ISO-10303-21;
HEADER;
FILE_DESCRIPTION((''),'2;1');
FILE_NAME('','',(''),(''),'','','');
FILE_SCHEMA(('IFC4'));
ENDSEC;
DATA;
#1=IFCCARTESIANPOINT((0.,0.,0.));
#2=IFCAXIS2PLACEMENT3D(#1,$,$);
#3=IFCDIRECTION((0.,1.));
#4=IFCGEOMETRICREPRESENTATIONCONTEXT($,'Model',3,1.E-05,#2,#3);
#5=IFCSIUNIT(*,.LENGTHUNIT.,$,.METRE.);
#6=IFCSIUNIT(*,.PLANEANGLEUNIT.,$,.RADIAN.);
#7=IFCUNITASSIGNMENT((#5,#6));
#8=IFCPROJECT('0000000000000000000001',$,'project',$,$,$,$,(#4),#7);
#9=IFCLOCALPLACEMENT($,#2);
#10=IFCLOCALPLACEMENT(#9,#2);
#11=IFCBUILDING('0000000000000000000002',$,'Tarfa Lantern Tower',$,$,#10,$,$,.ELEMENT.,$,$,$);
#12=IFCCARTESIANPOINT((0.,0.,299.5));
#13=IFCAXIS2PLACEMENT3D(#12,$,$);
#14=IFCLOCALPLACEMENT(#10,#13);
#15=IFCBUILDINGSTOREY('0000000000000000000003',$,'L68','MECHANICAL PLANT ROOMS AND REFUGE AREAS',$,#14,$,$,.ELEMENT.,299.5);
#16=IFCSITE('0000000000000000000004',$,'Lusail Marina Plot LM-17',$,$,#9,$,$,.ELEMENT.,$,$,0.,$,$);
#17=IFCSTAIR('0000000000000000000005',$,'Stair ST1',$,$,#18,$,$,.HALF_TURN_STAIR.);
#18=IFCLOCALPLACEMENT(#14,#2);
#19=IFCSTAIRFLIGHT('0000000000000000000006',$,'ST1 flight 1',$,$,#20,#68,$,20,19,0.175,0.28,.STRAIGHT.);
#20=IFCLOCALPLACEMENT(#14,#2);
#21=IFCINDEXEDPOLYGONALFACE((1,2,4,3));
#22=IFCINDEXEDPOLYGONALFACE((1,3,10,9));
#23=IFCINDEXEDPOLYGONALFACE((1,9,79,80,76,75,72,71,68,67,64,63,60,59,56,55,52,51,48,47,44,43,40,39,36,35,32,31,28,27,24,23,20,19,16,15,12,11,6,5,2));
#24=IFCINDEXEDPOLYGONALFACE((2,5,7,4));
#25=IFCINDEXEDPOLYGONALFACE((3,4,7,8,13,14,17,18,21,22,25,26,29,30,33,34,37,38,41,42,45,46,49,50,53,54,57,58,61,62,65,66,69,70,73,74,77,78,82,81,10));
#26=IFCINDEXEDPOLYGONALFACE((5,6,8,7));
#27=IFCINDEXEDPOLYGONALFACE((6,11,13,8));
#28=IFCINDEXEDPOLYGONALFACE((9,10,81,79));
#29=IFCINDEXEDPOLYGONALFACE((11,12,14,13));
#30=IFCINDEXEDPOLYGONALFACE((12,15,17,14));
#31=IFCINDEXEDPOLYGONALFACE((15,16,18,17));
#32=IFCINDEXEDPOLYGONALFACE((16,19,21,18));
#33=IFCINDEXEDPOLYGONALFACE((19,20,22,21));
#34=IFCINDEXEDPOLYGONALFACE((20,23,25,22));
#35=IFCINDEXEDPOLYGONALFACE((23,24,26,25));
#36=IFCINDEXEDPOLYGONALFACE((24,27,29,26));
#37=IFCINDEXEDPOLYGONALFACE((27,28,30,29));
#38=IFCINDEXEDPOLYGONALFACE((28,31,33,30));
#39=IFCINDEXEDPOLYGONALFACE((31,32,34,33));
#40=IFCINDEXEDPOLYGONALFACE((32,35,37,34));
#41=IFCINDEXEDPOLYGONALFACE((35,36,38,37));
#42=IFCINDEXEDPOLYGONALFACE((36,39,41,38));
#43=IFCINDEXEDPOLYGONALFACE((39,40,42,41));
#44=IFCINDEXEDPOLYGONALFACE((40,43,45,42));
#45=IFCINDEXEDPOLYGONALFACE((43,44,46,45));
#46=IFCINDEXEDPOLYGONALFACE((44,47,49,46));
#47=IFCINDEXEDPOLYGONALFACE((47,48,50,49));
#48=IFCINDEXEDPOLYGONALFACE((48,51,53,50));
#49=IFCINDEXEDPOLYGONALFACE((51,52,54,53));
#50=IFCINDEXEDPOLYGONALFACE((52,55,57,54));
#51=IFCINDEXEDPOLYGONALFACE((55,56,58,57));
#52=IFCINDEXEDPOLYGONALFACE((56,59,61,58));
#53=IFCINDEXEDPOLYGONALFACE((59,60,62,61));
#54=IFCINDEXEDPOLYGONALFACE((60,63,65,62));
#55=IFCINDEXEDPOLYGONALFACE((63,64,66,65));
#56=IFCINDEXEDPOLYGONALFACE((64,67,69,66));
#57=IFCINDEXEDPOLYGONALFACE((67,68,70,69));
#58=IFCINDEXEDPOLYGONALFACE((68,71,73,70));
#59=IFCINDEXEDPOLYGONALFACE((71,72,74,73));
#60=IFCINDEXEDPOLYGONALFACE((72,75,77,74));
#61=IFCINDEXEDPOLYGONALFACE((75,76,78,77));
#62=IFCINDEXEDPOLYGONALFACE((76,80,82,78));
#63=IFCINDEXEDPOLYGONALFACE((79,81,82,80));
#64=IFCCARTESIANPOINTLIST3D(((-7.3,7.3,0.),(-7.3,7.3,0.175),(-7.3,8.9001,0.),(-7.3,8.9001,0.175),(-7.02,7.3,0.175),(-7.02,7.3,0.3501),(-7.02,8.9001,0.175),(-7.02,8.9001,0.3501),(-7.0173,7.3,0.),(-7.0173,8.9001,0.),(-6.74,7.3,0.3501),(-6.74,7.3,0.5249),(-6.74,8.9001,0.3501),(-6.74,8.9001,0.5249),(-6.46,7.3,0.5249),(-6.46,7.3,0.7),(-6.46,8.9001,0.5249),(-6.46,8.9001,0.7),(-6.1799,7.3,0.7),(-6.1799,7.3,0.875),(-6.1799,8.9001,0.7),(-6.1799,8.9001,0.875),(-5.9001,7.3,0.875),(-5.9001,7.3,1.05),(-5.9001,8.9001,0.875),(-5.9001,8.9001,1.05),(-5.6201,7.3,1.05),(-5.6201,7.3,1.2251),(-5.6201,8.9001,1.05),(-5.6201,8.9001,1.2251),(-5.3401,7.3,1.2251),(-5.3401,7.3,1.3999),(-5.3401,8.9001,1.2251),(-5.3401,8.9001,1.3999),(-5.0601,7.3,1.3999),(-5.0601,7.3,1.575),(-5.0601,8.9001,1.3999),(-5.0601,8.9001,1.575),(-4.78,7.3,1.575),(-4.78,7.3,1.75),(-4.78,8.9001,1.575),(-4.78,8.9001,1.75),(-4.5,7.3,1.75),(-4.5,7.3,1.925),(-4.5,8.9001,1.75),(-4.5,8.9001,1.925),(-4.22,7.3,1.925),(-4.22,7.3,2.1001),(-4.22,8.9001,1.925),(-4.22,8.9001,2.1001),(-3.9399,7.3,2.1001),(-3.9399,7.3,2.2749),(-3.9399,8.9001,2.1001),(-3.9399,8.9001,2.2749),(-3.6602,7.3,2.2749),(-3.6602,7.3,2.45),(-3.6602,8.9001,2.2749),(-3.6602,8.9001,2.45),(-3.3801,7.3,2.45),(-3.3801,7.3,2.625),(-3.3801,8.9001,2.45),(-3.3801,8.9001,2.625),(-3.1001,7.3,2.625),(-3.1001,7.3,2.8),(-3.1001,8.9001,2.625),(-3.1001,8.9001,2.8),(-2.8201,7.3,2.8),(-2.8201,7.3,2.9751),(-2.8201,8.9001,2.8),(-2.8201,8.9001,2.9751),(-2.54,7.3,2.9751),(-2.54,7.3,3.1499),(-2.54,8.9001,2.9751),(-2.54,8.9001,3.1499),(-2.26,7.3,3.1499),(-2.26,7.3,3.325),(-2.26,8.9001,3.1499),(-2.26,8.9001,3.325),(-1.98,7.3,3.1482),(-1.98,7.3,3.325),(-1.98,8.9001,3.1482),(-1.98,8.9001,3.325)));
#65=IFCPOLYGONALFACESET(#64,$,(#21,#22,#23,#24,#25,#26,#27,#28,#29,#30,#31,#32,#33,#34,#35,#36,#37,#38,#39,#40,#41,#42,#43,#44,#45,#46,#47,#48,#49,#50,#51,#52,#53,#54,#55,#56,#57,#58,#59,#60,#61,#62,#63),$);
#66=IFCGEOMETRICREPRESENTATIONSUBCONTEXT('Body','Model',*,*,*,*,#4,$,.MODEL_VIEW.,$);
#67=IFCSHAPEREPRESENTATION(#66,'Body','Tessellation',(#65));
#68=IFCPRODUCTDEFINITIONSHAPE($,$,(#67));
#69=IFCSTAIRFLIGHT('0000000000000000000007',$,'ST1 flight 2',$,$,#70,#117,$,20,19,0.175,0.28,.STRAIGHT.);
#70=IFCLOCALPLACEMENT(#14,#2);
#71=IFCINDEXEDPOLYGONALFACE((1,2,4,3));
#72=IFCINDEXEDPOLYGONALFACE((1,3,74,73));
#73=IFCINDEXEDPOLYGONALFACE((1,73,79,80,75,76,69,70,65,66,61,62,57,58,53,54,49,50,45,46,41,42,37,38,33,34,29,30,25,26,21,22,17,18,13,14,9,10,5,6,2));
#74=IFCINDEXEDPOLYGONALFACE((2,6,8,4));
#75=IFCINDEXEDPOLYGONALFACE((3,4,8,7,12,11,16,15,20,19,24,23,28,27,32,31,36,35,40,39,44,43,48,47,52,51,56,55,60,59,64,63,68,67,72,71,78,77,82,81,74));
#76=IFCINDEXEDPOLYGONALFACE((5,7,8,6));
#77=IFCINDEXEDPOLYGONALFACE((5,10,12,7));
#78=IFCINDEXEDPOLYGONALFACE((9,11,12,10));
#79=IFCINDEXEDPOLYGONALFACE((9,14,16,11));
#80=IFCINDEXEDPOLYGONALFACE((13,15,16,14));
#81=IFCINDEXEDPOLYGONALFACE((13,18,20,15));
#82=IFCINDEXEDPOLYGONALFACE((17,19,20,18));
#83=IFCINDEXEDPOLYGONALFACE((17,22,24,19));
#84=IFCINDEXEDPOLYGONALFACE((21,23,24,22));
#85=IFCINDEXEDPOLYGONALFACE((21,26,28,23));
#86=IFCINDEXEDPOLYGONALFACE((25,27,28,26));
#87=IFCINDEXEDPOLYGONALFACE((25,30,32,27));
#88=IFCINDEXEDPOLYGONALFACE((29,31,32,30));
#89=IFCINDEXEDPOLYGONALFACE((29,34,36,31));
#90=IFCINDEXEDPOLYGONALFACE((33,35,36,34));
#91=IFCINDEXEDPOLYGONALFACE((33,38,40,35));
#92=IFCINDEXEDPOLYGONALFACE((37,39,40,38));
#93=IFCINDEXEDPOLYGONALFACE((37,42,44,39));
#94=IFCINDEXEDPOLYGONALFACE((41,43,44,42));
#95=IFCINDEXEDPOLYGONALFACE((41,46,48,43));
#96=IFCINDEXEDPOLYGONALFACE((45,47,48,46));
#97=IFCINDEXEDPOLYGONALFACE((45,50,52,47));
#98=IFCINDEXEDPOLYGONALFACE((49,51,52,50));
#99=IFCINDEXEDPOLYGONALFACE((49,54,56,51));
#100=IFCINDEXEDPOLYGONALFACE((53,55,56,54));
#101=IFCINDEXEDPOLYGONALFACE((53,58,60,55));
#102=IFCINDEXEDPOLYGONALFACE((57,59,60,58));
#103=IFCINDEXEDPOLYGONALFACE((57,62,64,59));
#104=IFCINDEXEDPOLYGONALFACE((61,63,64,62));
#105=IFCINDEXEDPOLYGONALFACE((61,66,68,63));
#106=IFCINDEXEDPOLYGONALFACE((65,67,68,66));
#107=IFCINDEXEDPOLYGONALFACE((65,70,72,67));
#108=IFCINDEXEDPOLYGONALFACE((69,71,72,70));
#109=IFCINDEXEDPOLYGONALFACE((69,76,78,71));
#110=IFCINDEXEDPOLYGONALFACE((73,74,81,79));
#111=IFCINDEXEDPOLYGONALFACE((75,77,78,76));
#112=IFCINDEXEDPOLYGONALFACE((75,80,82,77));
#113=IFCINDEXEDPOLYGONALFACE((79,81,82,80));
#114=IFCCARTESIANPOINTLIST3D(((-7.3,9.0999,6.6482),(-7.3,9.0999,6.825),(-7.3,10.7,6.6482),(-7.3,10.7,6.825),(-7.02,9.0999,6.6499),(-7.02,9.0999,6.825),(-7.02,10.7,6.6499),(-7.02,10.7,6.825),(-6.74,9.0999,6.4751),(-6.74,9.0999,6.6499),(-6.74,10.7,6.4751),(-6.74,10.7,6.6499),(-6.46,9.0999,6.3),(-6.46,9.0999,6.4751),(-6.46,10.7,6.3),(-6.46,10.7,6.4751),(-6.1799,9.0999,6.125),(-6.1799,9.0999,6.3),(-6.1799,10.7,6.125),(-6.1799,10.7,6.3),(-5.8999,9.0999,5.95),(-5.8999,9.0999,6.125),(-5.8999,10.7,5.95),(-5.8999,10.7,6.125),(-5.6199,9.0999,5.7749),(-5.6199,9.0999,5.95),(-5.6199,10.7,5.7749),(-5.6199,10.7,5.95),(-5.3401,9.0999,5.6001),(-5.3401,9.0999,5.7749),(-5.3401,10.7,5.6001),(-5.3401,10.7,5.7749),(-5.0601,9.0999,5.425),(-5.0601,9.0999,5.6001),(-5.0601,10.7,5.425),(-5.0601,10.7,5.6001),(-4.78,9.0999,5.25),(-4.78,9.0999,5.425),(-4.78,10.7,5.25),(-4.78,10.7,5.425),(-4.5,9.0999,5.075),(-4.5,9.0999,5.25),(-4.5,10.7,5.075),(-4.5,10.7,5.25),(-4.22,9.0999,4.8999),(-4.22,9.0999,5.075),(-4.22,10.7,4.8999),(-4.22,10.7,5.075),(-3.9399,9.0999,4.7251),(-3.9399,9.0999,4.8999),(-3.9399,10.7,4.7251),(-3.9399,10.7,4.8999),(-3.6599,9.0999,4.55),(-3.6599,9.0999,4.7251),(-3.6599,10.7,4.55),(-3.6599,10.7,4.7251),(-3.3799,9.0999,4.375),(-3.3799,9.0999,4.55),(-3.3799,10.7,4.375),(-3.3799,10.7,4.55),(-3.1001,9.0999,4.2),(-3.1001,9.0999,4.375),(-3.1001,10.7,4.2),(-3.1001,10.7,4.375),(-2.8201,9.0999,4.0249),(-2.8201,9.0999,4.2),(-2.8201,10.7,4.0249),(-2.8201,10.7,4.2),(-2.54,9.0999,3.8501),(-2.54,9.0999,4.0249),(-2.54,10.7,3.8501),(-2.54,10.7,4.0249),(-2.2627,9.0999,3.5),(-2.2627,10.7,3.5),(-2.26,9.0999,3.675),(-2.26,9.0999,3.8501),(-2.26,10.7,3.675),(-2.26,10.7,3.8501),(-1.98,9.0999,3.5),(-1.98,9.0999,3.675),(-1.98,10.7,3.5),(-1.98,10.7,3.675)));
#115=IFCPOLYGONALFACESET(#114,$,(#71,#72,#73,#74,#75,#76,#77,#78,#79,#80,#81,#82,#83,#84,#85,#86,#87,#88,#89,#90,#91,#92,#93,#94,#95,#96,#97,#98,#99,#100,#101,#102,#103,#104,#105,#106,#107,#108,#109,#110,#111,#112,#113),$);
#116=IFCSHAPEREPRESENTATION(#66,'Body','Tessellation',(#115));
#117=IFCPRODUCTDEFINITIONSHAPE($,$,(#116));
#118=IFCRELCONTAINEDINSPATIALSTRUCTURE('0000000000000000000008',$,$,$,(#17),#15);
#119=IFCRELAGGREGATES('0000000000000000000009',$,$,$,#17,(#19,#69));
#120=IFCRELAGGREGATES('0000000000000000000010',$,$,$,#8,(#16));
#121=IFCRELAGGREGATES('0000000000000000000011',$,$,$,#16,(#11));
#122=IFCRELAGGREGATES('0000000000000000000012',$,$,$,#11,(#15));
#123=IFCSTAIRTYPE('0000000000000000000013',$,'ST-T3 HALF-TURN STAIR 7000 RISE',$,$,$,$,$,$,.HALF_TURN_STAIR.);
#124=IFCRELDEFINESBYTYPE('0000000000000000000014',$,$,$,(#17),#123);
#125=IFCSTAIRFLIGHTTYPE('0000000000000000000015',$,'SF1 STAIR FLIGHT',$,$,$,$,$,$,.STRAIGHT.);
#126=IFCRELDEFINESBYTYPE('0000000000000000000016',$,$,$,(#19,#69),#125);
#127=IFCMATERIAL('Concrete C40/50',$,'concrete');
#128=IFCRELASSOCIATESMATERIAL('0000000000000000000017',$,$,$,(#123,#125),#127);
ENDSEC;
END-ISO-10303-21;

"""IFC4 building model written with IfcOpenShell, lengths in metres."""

from ifc_helpers import new_model, si_unit, direction, frame, origin, place, context, subcontext, project, spatial, polyline, outline, extrude, material, type_object, element, aggregate, save


model = new_model("IFC4")

# Units and contexts
model_context = context("Model", 3, precision=1e-05, world=origin(), true_north=direction((0.0, 1.0)))
body_context = subcontext(model_context, "Body", "Model", "MODEL_VIEW")
ifc_project = project(units=[si_unit("LENGTHUNIT", "METRE"), si_unit("PLANEANGLEUNIT", "RADIAN")], contexts=[model_context])

# Site, building, storey
site_placement = place(None, origin())
site = spatial("IfcSite", under=ifc_project, at=site_placement, Name="Lusail Marina Plot LM-17", CompositionType="ELEMENT", RefElevation=0.0)
building_placement = place(site_placement, origin())
building = spatial("IfcBuilding", under=site, at=building_placement, Name="Tarfa Lantern Tower", CompositionType="ELEMENT")
storey_placement = place(building_placement, frame((0.0, 0.0, 299.5)))
storey = spatial("IfcBuildingStorey", under=building, at=storey_placement, Name="L68", Description="MECHANICAL PLANT ROOMS AND REFUGE AREAS", CompositionType="ELEMENT", Elevation=299.5)

# Stair, stair flights
ifc_material_1 = material(Name="Concrete C40/50", Category="concrete")
stair_type = type_object("IfcStairType", Name="ST-T3 HALF-TURN STAIR 7000 RISE", PredefinedType="HALF_TURN_STAIR", material=ifc_material_1)
stair_placement = place(storey_placement, origin())
stair = element("IfcStair", 1, at=stair_placement, inside=storey, type_object=stair_type, Name="Stair ST1", PredefinedType="HALF_TURN_STAIR")
stair_flight_type = type_object("IfcStairFlightType", Name="SF1 STAIR FLIGHT", PredefinedType="STRAIGHT", material=ifc_material_1)
stair_flight_1_placement = place(storey_placement, frame((-7.3, 8.1001, 0.0), z_axis=(0.0, 0.0, 1.0), x_axis=(1.0, 0.0, 0.0)))
stair_flight_1 = element("IfcStairFlight", 2, at=stair_flight_1_placement, type_object=stair_flight_type, Name="ST1 flight 1", NumberOfRisers=20, NumberOfTreads=19, PredefinedType="STRAIGHT", RiserHeight=0.175, TreadLength=0.28, context=body_context, shape_type="SweptSolid", body=[
    extrude(outline(polyline([(0.0, 0.0), (0.0, 0.175), (0.28, 0.175), (0.28, 0.3501), (0.5601, 0.3501), (0.5601, 0.5249), (0.8401, 0.5249), (0.8401, 0.7), (1.1201, 0.7), (1.1201, 0.875), (1.3999, 0.875), (1.3999, 1.05), (1.6799, 1.05), (1.6799, 1.2251), (1.96, 1.2251), (1.96, 1.3999), (2.24, 1.3999), (2.24, 1.575), (2.52, 1.575), (2.52, 1.75), (2.8, 1.75), (2.8, 1.925), (3.0801, 1.925), (3.0801, 2.1001), (3.3601, 2.1001), (3.3601, 2.2749), (3.6399, 2.2749), (3.6399, 2.45), (3.9199, 2.45), (3.9199, 2.625), (4.2, 2.625), (4.2, 2.8), (4.48, 2.8), (4.48, 2.9751), (4.76, 2.9751), (4.76, 3.1499), (5.04, 3.1499), (5.04, 3.325), (5.3201, 3.325), (5.3201, 3.5), (5.3201, 3.1482), (0.2827, 0.0), (0.0, 0.0)])), frame((0.0, 0.8, 0.0), z_axis=(0.0, -1.0, 0.0), x_axis=(1.0, 0.0, 0.0)), (0.0, 0.0, 1.0), 1.6001),
])
stair_flight_2_placement = place(storey_placement, frame((-1.98, 9.8999, 3.5), z_axis=(0.0, 0.0, 1.0), x_axis=(-1.0, 0.0, 0.0)))
stair_flight_2 = element("IfcStairFlight", 3, at=stair_flight_2_placement, type_object=stair_flight_type, Name="ST1 flight 2", NumberOfRisers=20, NumberOfTreads=19, PredefinedType="STRAIGHT", RiserHeight=0.175, TreadLength=0.28, context=body_context, shape_type="SweptSolid", body=[
    extrude(outline(polyline([(0.0, 0.0), (0.0, 0.175), (0.28, 0.175), (0.28, 0.3501), (0.5601, 0.3501), (0.5601, 0.5249), (0.8401, 0.5249), (0.8401, 0.7), (1.1201, 0.7), (1.1201, 0.875), (1.3999, 0.875), (1.3999, 1.05), (1.6799, 1.05), (1.6799, 1.2251), (1.96, 1.2251), (1.96, 1.3999), (2.24, 1.3999), (2.24, 1.575), (2.52, 1.575), (2.52, 1.75), (2.8, 1.75), (2.8, 1.925), (3.0801, 1.925), (3.0801, 2.1001), (3.3601, 2.1001), (3.3601, 2.2749), (3.6399, 2.2749), (3.6399, 2.45), (3.9199, 2.45), (3.9199, 2.625), (4.2, 2.625), (4.2, 2.8), (4.48, 2.8), (4.48, 2.9751), (4.76, 2.9751), (4.76, 3.1499), (5.04, 3.1499), (5.04, 3.325), (5.3201, 3.325), (5.3201, 3.5), (5.3201, 3.1482), (0.2827, 0.0), (0.0, 0.0)])), frame((0.0, 0.8, 0.0), z_axis=(0.0, -1.0, 0.0), x_axis=(1.0, 0.0, 0.0)), (0.0, 0.0, 1.0), 1.6001),
])
aggregate(stair, [stair_flight_1, stair_flight_2])

save(model, "model.ifc")
